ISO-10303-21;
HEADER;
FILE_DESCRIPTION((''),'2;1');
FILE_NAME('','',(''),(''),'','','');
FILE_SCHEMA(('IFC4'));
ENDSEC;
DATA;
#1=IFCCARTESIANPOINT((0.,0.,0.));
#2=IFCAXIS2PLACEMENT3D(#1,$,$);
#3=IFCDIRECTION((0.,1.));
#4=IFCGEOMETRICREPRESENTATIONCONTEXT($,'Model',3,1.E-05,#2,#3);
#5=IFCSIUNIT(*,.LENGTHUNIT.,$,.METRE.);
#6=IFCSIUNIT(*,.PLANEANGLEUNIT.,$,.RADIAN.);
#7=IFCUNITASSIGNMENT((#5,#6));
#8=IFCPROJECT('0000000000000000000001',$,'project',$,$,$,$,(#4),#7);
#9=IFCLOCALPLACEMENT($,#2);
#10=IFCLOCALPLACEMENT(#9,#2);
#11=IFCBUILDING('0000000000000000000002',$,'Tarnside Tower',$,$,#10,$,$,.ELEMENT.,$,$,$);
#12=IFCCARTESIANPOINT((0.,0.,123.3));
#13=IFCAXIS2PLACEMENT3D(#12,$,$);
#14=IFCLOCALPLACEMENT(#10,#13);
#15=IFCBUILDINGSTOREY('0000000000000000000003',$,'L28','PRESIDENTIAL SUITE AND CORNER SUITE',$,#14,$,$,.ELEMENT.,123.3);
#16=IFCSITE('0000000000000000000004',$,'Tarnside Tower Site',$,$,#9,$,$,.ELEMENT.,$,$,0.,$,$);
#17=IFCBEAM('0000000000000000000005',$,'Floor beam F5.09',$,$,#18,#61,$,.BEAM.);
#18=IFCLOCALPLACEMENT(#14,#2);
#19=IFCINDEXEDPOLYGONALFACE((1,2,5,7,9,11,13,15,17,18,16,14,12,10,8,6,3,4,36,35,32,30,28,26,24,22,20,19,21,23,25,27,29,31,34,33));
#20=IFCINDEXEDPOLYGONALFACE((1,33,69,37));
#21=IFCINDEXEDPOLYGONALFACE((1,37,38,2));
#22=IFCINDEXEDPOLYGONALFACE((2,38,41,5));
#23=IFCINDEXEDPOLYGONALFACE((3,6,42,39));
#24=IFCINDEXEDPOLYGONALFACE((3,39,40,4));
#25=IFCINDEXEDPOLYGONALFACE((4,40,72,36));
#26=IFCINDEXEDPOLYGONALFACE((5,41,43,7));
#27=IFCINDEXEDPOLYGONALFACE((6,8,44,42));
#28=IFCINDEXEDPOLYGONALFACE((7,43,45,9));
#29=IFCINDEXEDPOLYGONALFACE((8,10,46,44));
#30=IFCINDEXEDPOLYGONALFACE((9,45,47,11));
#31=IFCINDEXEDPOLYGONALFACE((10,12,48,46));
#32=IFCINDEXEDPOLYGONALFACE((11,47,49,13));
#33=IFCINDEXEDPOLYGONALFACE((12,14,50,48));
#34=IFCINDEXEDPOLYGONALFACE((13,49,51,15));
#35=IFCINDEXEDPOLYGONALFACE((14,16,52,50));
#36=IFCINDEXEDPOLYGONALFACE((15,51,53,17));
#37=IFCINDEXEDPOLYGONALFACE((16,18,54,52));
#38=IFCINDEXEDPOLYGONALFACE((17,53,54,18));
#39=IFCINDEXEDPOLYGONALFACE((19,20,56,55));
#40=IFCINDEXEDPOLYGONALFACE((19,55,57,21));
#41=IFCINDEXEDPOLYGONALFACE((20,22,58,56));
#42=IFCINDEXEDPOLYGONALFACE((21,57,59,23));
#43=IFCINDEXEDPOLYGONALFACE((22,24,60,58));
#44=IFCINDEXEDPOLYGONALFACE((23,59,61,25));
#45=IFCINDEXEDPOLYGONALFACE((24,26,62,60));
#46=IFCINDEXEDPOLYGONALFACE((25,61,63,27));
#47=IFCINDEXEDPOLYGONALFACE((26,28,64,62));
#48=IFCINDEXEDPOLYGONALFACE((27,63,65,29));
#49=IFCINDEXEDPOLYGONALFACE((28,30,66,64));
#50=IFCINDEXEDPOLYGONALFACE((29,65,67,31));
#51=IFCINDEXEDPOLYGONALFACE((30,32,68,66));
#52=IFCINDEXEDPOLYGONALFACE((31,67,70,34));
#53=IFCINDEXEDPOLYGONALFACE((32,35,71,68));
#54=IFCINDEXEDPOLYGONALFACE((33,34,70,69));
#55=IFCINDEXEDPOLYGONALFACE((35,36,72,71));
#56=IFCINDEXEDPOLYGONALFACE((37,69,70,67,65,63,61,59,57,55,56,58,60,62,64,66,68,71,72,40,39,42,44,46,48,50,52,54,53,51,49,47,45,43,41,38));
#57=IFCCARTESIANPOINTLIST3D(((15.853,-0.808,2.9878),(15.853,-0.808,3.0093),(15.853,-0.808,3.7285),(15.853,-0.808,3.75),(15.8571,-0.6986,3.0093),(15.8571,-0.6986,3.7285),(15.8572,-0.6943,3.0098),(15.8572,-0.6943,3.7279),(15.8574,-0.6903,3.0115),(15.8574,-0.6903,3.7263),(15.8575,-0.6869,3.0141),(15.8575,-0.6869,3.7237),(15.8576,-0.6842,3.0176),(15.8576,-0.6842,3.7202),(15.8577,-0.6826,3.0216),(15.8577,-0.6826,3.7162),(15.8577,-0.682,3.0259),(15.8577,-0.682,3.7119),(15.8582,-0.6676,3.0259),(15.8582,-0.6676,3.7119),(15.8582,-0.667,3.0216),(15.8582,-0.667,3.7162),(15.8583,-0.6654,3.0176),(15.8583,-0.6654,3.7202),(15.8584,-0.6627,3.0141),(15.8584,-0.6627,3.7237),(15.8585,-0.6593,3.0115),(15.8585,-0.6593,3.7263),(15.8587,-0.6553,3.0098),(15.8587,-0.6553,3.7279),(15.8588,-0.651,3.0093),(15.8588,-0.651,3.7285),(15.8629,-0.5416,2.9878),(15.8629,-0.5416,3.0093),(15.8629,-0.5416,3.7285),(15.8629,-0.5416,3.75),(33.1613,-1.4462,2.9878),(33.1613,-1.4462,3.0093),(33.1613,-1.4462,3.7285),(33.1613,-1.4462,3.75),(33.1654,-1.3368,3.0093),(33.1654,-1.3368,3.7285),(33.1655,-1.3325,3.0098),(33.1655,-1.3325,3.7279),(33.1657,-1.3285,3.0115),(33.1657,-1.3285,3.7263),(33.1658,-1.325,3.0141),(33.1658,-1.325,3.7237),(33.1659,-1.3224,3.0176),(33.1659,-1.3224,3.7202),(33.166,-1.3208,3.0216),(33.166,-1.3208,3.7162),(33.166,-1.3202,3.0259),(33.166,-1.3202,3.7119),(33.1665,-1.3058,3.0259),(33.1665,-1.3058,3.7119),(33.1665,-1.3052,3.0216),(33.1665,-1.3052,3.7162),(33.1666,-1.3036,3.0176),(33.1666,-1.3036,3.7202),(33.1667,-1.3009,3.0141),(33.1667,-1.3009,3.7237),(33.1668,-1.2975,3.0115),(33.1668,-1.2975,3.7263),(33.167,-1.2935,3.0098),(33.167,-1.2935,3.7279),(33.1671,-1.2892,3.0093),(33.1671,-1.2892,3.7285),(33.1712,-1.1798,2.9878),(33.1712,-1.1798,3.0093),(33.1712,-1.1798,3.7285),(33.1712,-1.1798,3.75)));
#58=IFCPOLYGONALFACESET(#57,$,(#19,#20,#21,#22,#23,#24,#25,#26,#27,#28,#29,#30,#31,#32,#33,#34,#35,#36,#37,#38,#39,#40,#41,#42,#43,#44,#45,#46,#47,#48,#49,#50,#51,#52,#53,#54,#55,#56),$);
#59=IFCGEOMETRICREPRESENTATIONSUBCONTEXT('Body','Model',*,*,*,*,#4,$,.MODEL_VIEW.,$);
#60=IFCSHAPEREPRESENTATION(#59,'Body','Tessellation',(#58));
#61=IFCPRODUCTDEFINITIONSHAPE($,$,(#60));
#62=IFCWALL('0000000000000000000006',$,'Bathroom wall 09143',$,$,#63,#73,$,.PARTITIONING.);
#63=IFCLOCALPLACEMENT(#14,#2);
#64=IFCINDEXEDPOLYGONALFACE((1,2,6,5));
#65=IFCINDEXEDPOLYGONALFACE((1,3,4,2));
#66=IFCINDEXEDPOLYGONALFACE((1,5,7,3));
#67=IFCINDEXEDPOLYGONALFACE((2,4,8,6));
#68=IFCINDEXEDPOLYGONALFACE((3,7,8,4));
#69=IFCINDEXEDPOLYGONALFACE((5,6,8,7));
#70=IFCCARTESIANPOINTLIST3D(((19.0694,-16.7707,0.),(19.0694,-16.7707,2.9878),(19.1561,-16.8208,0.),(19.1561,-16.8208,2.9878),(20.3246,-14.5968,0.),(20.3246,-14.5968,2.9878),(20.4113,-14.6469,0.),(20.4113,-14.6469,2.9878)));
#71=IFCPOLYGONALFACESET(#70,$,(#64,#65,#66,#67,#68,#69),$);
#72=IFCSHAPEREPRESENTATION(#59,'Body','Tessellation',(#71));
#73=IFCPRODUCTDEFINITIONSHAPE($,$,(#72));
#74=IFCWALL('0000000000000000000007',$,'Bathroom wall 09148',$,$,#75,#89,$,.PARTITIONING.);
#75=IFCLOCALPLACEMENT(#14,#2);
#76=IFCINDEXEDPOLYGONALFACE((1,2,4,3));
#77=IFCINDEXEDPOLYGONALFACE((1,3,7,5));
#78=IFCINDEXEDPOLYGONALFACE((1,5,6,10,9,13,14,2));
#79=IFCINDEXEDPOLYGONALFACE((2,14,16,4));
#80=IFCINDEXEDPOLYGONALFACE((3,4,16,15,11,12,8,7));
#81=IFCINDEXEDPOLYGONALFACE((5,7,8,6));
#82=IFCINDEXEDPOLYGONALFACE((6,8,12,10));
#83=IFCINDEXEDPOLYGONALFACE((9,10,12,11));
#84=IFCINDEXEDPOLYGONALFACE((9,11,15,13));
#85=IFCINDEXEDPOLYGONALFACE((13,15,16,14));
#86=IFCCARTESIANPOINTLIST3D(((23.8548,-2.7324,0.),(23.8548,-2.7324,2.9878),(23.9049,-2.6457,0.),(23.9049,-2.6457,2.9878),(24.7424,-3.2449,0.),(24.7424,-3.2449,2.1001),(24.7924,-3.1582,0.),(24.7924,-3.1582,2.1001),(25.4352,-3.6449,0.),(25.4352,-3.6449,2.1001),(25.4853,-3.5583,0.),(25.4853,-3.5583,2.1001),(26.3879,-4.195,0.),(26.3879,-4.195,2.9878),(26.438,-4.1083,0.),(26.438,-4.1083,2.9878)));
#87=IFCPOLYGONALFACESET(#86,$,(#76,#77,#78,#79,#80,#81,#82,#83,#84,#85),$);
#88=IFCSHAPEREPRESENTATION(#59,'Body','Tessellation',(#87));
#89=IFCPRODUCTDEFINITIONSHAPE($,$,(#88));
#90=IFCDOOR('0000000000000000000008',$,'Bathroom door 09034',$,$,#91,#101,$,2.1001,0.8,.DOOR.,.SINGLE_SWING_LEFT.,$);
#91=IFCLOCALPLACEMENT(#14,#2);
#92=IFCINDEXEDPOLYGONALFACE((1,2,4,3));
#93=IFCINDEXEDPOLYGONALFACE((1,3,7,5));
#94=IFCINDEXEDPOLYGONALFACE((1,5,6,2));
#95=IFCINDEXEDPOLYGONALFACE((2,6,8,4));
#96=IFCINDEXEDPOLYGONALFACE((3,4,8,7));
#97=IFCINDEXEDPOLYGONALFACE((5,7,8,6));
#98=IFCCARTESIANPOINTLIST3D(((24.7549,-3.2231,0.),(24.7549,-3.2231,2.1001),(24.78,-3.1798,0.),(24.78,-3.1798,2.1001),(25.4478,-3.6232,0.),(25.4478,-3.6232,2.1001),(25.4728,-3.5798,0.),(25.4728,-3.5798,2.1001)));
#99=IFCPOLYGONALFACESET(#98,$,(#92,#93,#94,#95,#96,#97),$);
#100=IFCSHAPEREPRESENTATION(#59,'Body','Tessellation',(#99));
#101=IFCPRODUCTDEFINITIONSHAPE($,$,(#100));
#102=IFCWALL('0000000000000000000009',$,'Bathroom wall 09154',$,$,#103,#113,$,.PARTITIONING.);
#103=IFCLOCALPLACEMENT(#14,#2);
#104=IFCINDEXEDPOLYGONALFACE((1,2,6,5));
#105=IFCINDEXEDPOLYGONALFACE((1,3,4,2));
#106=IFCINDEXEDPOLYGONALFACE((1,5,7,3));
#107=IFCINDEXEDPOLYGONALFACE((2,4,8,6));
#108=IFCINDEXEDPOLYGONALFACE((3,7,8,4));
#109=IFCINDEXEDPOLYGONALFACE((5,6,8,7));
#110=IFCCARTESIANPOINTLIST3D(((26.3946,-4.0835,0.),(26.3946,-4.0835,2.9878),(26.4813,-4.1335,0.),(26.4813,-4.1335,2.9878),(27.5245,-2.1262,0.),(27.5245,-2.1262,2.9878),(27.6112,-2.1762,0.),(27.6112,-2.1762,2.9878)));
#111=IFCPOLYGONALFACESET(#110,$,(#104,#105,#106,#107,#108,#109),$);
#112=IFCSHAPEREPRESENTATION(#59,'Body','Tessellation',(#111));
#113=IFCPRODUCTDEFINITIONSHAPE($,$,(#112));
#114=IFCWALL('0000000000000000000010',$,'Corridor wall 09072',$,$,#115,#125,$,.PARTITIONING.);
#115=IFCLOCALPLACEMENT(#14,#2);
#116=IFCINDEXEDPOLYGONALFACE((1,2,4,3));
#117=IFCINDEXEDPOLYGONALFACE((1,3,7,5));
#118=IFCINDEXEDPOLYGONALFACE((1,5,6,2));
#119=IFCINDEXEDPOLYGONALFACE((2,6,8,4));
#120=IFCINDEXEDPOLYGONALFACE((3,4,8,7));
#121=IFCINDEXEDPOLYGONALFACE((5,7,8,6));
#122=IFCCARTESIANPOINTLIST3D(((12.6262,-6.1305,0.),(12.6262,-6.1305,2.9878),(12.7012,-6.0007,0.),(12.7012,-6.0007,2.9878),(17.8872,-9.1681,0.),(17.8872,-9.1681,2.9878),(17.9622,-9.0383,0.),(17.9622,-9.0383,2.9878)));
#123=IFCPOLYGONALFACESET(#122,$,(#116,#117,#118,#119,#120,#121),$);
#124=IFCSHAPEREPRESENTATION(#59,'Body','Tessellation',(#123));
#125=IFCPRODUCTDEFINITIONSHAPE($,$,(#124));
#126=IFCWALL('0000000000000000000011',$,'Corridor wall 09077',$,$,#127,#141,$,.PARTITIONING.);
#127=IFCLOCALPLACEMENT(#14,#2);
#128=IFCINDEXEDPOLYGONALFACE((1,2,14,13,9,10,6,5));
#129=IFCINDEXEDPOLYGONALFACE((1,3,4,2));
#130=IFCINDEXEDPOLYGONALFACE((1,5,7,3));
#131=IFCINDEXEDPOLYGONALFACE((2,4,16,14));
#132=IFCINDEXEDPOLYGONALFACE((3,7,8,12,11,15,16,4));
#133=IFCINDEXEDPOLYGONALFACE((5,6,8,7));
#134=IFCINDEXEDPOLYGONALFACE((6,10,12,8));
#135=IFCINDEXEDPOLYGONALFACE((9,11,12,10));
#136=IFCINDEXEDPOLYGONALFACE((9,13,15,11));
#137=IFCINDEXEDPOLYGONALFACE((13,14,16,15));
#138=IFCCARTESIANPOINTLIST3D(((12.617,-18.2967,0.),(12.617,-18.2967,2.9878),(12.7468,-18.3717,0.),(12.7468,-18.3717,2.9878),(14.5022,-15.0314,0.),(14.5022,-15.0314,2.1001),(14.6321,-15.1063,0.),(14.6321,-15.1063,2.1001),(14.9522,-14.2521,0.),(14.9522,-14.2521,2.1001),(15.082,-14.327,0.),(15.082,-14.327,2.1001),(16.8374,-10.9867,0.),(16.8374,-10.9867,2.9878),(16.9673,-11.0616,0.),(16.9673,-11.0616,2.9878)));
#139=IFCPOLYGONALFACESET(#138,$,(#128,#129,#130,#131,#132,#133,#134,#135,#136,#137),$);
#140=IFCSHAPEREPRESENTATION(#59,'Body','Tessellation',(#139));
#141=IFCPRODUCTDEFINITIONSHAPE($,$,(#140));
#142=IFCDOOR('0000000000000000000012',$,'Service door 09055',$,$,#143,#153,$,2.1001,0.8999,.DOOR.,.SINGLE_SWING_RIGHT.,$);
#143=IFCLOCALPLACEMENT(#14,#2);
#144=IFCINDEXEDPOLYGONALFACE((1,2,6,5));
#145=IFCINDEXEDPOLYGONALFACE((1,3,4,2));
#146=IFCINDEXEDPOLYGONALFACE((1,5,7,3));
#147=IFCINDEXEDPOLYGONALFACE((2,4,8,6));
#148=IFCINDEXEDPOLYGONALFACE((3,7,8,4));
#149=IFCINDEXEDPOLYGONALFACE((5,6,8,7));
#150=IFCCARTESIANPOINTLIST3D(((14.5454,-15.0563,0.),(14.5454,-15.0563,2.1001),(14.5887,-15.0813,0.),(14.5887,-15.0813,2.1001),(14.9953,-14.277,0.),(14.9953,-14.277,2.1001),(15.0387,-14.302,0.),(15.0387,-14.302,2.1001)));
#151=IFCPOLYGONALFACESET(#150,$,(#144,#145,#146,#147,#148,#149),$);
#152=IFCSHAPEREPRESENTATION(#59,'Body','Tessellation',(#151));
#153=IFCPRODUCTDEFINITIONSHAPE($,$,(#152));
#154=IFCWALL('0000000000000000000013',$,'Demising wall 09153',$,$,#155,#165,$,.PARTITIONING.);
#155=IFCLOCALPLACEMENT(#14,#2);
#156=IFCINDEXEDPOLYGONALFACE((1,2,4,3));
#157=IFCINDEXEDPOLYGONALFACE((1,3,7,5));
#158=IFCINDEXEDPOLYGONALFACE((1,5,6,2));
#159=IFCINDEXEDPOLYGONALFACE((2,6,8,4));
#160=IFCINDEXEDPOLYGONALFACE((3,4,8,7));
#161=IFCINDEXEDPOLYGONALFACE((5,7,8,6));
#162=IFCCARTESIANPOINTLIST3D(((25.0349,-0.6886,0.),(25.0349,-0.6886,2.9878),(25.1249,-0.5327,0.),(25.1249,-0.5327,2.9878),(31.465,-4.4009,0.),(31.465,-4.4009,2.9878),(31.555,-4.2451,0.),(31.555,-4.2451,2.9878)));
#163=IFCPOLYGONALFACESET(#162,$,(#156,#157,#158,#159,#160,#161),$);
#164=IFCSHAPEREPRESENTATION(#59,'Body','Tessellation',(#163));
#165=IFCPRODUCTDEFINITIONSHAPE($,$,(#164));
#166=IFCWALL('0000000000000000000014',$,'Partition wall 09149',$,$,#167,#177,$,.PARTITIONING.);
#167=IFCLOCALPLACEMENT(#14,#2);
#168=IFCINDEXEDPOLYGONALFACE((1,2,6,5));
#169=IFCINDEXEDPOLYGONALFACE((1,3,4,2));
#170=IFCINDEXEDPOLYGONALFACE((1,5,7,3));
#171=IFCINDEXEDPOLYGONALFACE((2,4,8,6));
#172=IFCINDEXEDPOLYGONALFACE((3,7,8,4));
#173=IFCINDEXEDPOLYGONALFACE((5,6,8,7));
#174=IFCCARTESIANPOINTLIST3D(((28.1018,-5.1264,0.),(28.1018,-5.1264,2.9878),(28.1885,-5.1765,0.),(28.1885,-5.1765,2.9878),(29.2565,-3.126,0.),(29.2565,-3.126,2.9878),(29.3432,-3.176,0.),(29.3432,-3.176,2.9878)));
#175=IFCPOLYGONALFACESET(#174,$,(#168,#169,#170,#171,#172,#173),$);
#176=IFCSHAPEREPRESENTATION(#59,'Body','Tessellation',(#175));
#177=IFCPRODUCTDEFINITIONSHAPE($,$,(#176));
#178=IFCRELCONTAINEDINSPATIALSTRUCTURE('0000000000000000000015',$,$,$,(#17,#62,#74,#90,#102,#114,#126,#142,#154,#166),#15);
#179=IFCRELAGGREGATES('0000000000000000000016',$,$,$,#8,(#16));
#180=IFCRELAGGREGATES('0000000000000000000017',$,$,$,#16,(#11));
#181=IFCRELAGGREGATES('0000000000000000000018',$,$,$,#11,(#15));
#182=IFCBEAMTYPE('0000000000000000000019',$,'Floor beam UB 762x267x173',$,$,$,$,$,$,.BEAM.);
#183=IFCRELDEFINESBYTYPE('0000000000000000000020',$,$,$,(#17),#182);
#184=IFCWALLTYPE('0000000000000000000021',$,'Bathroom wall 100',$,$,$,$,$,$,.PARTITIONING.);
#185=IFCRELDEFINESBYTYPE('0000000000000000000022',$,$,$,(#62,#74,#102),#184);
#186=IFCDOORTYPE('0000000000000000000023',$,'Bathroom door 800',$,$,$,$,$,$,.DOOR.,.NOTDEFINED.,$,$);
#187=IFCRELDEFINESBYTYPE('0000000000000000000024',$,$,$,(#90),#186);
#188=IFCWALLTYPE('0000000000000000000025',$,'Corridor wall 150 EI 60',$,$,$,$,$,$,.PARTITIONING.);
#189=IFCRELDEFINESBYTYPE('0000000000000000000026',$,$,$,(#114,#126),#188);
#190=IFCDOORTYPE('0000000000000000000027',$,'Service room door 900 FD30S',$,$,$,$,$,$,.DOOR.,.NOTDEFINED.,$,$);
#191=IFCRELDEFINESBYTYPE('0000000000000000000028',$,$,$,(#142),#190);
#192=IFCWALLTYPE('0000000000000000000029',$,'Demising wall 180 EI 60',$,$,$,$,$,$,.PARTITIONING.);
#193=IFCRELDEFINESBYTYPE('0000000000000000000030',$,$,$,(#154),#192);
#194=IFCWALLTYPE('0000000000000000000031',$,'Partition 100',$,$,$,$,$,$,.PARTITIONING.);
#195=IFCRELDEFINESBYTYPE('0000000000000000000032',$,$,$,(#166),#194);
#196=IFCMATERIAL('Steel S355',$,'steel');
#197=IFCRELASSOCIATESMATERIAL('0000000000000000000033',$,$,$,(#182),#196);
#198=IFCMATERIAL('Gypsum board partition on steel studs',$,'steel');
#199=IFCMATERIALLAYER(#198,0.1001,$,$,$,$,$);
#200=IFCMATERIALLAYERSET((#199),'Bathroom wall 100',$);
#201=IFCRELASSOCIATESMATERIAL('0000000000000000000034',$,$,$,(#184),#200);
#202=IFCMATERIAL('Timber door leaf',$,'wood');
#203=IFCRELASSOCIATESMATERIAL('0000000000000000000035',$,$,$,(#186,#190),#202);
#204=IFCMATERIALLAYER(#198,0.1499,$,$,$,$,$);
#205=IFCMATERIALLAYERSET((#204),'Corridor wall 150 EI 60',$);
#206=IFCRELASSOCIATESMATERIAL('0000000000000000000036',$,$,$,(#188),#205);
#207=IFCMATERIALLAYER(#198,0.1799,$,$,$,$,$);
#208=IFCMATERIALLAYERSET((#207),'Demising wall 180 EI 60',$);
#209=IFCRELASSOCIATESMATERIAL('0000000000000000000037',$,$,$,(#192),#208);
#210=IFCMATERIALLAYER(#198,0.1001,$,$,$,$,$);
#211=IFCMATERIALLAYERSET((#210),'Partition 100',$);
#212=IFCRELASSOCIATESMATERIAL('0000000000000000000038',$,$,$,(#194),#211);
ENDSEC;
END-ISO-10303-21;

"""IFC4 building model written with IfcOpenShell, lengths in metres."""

from ifc_helpers import new_model, si_unit, direction, frame, frame_2d, origin, origin_2d, place, context, subcontext, project, spatial, rectangle, i_section, extrude, material, layer, layer_set, material_profile, profile_set, type_object, element, fill, save


model = new_model("IFC4")

# Units and contexts
model_context = context("Model", 3, precision=1e-05, world=origin(), true_north=direction((0.0, 1.0)))
body_context = subcontext(model_context, "Body", "Model", "MODEL_VIEW")
ifc_project = project(units=[si_unit("LENGTHUNIT", "METRE"), si_unit("PLANEANGLEUNIT", "RADIAN")], contexts=[model_context])

# Site, building, storey
site_placement = place(None, origin())
site = spatial("IfcSite", under=ifc_project, at=site_placement, Name="Tarnside Tower Site", CompositionType="ELEMENT", RefElevation=0.0)
building_placement = place(site_placement, origin())
building = spatial("IfcBuilding", under=site, at=building_placement, Name="Tarnside Tower", CompositionType="ELEMENT")
storey_placement = place(building_placement, frame((0.0, 0.0, 123.3)))
storey = spatial("IfcBuildingStorey", under=building, at=storey_placement, Name="L28", Description="PRESIDENTIAL SUITE AND CORNER SUITE", CompositionType="ELEMENT", Elevation=123.3)

# Beam
ifc_material_1 = material(Name="Steel S355", Category="steel")
ifc_material_profile_1 = material_profile(ifc_material_1, i_section(OverallWidth=0.2666, OverallDepth=0.7622, WebThickness=0.0144, FlangeThickness=0.0215, FilletRadius=0.0166, at=origin_2d()), Name="UB 762x267x173")
ifc_profile_set_1 = profile_set([ifc_material_profile_1], Name="Steel S355")
beam_type_1 = type_object("IfcBeamType", Name="Floor beam UB 762x267x173", PredefinedType="BEAM", material=ifc_profile_set_1)
beam_1_placement = place(storey_placement, frame((33.1663, -1.313, 3.3689), z_axis=(-0.999321, 0.036846, 0.0), x_axis=(-0.036846, -0.999321, 0.0)))
element("IfcBeam", 1, at=beam_1_placement, inside=storey, type_object=beam_type_1, Name="Floor beam F5.09", PredefinedType="BEAM", context=body_context, shape_type="SweptSolid", body=[
    extrude(i_section(OverallWidth=0.2666, OverallDepth=0.7622, WebThickness=0.0144, FlangeThickness=0.0215, FilletRadius=0.0166, at=origin_2d()), origin(), (0.0, 0.0, 1.0), 17.3201),
])

# Wall
ifc_material_2 = material(Name="Gypsum board partition on steel studs", Category="steel")
ifc_layer_1 = layer(ifc_material_2, 0.1001)
ifc_layer_set_1 = layer_set([ifc_layer_1], Name="Bathroom wall 100")
wall_type_1 = type_object("IfcWallType", Name="Bathroom wall 100", PredefinedType="PARTITIONING", material=ifc_layer_set_1)
wall_1_placement = place(storey_placement, frame((20.3679, -14.6218, 0.0), z_axis=(0.0, 0.0, 1.0), x_axis=(-0.50002, -0.866014, 0.0)))
element("IfcWall", 2, at=wall_1_placement, inside=storey, type_object=wall_type_1, Name="Bathroom wall 09143", PredefinedType="PARTITIONING", context=body_context, shape_type="SweptSolid", body=[
    extrude(rectangle(XDim=2.5103, YDim=0.1001, at=frame_2d((1.2551, 0.0))), origin(), (0.0, 0.0, 1.0), 2.9878),
])

# Wall, opening, door
wall_2_placement = place(storey_placement, frame((26.4128, -4.1516, 0.0), z_axis=(0.0, 0.0, 1.0), x_axis=(-0.86601, 0.500026, 0.0)))
wall_2 = element("IfcWall", 3, at=wall_2_placement, inside=storey, type_object=wall_type_1, Name="Bathroom wall 09148", PredefinedType="PARTITIONING", context=body_context, shape_type="SweptSolid", body=[
    extrude(rectangle(XDim=2.925, YDim=0.1001, at=frame_2d((1.4624, 0.0))), origin(), (0.0, 0.0, 1.0), 2.9878),
])
opening_1_placement = place(wall_2_placement, frame((1.1001, 0.0, 0.0)))
opening_1 = element("IfcOpeningElement", 4, at=opening_1_placement, cuts=wall_2, PredefinedType="OPENING", context=body_context, shape_type="SweptSolid", body=[
    extrude(rectangle(XDim=0.8, YDim=2.1001, at=frame_2d((0.3999, 1.05))), frame((0.0, 0.0601, 0.0), z_axis=(0.0, -1.0, 0.0), x_axis=(1.0, 0.0, 0.0)), (0.0, 0.0, 1.0), 0.1201),
])
ifc_material_3 = material(Name="Timber door leaf", Category="wood")
door_type_1 = type_object("IfcDoorType", Name="Bathroom door 800", OperationType="NOTDEFINED", PredefinedType="DOOR", material=ifc_material_3)
door_1_placement = place(opening_1_placement, origin())
door_1 = element("IfcDoor", 5, at=door_1_placement, inside=storey, type_object=door_type_1, Name="Bathroom door 09034", OperationType="SINGLE_SWING_LEFT", OverallHeight=2.1001, OverallWidth=0.8, PredefinedType="DOOR", context=body_context, shape_type="SweptSolid", body=[
    extrude(rectangle(XDim=0.8, YDim=2.1001, at=frame_2d((0.3999, 1.05))), frame((0.0, 0.0249, 0.0), z_axis=(0.0, -1.0, 0.0), x_axis=(1.0, 0.0, 0.0)), (0.0, 0.0, 1.0), 0.05),
])
fill(opening_1, door_1)

# Walls
wall_3_placement = place(storey_placement, frame((26.438, -4.1084, 0.0), z_axis=(0.0, 0.0, 1.0), x_axis=(0.49995, 0.866054, 0.0)))
element("IfcWall", 6, at=wall_3_placement, inside=storey, type_object=wall_type_1, Name="Bathroom wall 09154", PredefinedType="PARTITIONING", context=body_context, shape_type="SweptSolid", body=[
    extrude(rectangle(XDim=2.26, YDim=0.1001, at=frame_2d((1.1299, 0.0))), origin(), (0.0, 0.0, 1.0), 2.9878),
])
ifc_layer_2 = layer(ifc_material_2, 0.1499)
ifc_layer_set_2 = layer_set([ifc_layer_2], Name="Corridor wall 150 EI 60")
wall_type_2 = type_object("IfcWallType", Name="Corridor wall 150 EI 60", PredefinedType="PARTITIONING", material=ifc_layer_set_2)
wall_4_placement = place(storey_placement, frame((17.9248, -9.1033, 0.0), z_axis=(0.0, 0.0, 1.0), x_axis=(-0.866014, 0.50002, 0.0)))
element("IfcWall", 7, at=wall_4_placement, inside=storey, type_object=wall_type_2, Name="Corridor wall 09072", PredefinedType="PARTITIONING", context=body_context, shape_type="SweptSolid", body=[
    extrude(rectangle(XDim=6.075, YDim=0.1499, at=frame_2d((3.0376, 0.0))), origin(), (0.0, 0.0, 1.0), 2.9878),
])

# Wall, opening, door
wall_5_placement = place(storey_placement, frame((16.9023, -11.0242, 0.0), z_axis=(0.0, 0.0, 1.0), x_axis=(-0.5, -0.866026, 0.0)))
wall_5 = element("IfcWall", 8, at=wall_5_placement, inside=storey, type_object=wall_type_2, Name="Corridor wall 09077", PredefinedType="PARTITIONING", context=body_context, shape_type="SweptSolid", body=[
    extrude(rectangle(XDim=8.4409, YDim=0.1499, at=frame_2d((4.2205, 0.0))), origin(), (0.0, 0.0, 1.0), 2.9878),
])
opening_2_placement = place(wall_5_placement, frame((3.7705, 0.0, 0.0)))
opening_2 = element("IfcOpeningElement", 9, at=opening_2_placement, cuts=wall_5, PredefinedType="OPENING", context=body_context, shape_type="SweptSolid", body=[
    extrude(rectangle(XDim=0.8999, YDim=2.1001, at=frame_2d((0.45, 1.05))), frame((0.0, 0.085, 0.0), z_axis=(0.0, -1.0, 0.0), x_axis=(1.0, 0.0, 0.0)), (0.0, 0.0, 1.0), 0.1699),
])
door_type_2 = type_object("IfcDoorType", Name="Service room door 900 FD30S", OperationType="NOTDEFINED", PredefinedType="DOOR", material=ifc_material_3)
door_2_placement = place(opening_2_placement, origin())
door_2 = element("IfcDoor", 10, at=door_2_placement, inside=storey, type_object=door_type_2, Name="Service door 09055", OperationType="SINGLE_SWING_RIGHT", OverallHeight=2.1001, OverallWidth=0.8999, PredefinedType="DOOR", context=body_context, shape_type="SweptSolid", body=[
    extrude(rectangle(XDim=0.8999, YDim=2.1001, at=frame_2d((0.45, 1.05))), frame((0.0, 0.0249, 0.0), z_axis=(0.0, -1.0, 0.0), x_axis=(1.0, 0.0, 0.0)), (0.0, 0.0, 1.0), 0.05),
])
fill(opening_2, door_2)

# Walls
ifc_layer_3 = layer(ifc_material_2, 0.1799)
ifc_layer_set_3 = layer_set([ifc_layer_3], Name="Demising wall 180 EI 60")
wall_type_3 = type_object("IfcWallType", Name="Demising wall 180 EI 60", PredefinedType="PARTITIONING", material=ifc_layer_set_3)
wall_6_placement = place(storey_placement, frame((31.51, -4.323, 0.0), z_axis=(0.0, 0.0, 1.0), x_axis=(-0.866029, 0.499994, 0.0)))
element("IfcWall", 11, at=wall_6_placement, inside=storey, type_object=wall_type_3, Name="Demising wall 09153", PredefinedType="PARTITIONING", context=body_context, shape_type="SweptSolid", body=[
    extrude(rectangle(XDim=7.4248, YDim=0.1799, at=frame_2d((3.7124, 0.0))), origin(), (0.0, 0.0, 1.0), 2.9878),
])
ifc_layer_4 = layer(ifc_material_2, 0.1001)
ifc_layer_set_4 = layer_set([ifc_layer_4], Name="Partition 100")
wall_type_4 = type_object("IfcWallType", Name="Partition 100", PredefinedType="PARTITIONING", material=ifc_layer_set_4)
wall_7_placement = place(storey_placement, frame((29.2998, -3.1511, 0.0), z_axis=(0.0, 0.0, 1.0), x_axis=(-0.499936, -0.866062, 0.0)))
element("IfcWall", 12, at=wall_7_placement, inside=storey, type_object=wall_type_4, Name="Partition wall 09149", PredefinedType="PARTITIONING", context=body_context, shape_type="SweptSolid", body=[
    extrude(rectangle(XDim=2.3098, YDim=0.1001, at=frame_2d((1.1548, 0.0))), origin(), (0.0, 0.0, 1.0), 2.9878),
])

save(model, "model.ifc")
